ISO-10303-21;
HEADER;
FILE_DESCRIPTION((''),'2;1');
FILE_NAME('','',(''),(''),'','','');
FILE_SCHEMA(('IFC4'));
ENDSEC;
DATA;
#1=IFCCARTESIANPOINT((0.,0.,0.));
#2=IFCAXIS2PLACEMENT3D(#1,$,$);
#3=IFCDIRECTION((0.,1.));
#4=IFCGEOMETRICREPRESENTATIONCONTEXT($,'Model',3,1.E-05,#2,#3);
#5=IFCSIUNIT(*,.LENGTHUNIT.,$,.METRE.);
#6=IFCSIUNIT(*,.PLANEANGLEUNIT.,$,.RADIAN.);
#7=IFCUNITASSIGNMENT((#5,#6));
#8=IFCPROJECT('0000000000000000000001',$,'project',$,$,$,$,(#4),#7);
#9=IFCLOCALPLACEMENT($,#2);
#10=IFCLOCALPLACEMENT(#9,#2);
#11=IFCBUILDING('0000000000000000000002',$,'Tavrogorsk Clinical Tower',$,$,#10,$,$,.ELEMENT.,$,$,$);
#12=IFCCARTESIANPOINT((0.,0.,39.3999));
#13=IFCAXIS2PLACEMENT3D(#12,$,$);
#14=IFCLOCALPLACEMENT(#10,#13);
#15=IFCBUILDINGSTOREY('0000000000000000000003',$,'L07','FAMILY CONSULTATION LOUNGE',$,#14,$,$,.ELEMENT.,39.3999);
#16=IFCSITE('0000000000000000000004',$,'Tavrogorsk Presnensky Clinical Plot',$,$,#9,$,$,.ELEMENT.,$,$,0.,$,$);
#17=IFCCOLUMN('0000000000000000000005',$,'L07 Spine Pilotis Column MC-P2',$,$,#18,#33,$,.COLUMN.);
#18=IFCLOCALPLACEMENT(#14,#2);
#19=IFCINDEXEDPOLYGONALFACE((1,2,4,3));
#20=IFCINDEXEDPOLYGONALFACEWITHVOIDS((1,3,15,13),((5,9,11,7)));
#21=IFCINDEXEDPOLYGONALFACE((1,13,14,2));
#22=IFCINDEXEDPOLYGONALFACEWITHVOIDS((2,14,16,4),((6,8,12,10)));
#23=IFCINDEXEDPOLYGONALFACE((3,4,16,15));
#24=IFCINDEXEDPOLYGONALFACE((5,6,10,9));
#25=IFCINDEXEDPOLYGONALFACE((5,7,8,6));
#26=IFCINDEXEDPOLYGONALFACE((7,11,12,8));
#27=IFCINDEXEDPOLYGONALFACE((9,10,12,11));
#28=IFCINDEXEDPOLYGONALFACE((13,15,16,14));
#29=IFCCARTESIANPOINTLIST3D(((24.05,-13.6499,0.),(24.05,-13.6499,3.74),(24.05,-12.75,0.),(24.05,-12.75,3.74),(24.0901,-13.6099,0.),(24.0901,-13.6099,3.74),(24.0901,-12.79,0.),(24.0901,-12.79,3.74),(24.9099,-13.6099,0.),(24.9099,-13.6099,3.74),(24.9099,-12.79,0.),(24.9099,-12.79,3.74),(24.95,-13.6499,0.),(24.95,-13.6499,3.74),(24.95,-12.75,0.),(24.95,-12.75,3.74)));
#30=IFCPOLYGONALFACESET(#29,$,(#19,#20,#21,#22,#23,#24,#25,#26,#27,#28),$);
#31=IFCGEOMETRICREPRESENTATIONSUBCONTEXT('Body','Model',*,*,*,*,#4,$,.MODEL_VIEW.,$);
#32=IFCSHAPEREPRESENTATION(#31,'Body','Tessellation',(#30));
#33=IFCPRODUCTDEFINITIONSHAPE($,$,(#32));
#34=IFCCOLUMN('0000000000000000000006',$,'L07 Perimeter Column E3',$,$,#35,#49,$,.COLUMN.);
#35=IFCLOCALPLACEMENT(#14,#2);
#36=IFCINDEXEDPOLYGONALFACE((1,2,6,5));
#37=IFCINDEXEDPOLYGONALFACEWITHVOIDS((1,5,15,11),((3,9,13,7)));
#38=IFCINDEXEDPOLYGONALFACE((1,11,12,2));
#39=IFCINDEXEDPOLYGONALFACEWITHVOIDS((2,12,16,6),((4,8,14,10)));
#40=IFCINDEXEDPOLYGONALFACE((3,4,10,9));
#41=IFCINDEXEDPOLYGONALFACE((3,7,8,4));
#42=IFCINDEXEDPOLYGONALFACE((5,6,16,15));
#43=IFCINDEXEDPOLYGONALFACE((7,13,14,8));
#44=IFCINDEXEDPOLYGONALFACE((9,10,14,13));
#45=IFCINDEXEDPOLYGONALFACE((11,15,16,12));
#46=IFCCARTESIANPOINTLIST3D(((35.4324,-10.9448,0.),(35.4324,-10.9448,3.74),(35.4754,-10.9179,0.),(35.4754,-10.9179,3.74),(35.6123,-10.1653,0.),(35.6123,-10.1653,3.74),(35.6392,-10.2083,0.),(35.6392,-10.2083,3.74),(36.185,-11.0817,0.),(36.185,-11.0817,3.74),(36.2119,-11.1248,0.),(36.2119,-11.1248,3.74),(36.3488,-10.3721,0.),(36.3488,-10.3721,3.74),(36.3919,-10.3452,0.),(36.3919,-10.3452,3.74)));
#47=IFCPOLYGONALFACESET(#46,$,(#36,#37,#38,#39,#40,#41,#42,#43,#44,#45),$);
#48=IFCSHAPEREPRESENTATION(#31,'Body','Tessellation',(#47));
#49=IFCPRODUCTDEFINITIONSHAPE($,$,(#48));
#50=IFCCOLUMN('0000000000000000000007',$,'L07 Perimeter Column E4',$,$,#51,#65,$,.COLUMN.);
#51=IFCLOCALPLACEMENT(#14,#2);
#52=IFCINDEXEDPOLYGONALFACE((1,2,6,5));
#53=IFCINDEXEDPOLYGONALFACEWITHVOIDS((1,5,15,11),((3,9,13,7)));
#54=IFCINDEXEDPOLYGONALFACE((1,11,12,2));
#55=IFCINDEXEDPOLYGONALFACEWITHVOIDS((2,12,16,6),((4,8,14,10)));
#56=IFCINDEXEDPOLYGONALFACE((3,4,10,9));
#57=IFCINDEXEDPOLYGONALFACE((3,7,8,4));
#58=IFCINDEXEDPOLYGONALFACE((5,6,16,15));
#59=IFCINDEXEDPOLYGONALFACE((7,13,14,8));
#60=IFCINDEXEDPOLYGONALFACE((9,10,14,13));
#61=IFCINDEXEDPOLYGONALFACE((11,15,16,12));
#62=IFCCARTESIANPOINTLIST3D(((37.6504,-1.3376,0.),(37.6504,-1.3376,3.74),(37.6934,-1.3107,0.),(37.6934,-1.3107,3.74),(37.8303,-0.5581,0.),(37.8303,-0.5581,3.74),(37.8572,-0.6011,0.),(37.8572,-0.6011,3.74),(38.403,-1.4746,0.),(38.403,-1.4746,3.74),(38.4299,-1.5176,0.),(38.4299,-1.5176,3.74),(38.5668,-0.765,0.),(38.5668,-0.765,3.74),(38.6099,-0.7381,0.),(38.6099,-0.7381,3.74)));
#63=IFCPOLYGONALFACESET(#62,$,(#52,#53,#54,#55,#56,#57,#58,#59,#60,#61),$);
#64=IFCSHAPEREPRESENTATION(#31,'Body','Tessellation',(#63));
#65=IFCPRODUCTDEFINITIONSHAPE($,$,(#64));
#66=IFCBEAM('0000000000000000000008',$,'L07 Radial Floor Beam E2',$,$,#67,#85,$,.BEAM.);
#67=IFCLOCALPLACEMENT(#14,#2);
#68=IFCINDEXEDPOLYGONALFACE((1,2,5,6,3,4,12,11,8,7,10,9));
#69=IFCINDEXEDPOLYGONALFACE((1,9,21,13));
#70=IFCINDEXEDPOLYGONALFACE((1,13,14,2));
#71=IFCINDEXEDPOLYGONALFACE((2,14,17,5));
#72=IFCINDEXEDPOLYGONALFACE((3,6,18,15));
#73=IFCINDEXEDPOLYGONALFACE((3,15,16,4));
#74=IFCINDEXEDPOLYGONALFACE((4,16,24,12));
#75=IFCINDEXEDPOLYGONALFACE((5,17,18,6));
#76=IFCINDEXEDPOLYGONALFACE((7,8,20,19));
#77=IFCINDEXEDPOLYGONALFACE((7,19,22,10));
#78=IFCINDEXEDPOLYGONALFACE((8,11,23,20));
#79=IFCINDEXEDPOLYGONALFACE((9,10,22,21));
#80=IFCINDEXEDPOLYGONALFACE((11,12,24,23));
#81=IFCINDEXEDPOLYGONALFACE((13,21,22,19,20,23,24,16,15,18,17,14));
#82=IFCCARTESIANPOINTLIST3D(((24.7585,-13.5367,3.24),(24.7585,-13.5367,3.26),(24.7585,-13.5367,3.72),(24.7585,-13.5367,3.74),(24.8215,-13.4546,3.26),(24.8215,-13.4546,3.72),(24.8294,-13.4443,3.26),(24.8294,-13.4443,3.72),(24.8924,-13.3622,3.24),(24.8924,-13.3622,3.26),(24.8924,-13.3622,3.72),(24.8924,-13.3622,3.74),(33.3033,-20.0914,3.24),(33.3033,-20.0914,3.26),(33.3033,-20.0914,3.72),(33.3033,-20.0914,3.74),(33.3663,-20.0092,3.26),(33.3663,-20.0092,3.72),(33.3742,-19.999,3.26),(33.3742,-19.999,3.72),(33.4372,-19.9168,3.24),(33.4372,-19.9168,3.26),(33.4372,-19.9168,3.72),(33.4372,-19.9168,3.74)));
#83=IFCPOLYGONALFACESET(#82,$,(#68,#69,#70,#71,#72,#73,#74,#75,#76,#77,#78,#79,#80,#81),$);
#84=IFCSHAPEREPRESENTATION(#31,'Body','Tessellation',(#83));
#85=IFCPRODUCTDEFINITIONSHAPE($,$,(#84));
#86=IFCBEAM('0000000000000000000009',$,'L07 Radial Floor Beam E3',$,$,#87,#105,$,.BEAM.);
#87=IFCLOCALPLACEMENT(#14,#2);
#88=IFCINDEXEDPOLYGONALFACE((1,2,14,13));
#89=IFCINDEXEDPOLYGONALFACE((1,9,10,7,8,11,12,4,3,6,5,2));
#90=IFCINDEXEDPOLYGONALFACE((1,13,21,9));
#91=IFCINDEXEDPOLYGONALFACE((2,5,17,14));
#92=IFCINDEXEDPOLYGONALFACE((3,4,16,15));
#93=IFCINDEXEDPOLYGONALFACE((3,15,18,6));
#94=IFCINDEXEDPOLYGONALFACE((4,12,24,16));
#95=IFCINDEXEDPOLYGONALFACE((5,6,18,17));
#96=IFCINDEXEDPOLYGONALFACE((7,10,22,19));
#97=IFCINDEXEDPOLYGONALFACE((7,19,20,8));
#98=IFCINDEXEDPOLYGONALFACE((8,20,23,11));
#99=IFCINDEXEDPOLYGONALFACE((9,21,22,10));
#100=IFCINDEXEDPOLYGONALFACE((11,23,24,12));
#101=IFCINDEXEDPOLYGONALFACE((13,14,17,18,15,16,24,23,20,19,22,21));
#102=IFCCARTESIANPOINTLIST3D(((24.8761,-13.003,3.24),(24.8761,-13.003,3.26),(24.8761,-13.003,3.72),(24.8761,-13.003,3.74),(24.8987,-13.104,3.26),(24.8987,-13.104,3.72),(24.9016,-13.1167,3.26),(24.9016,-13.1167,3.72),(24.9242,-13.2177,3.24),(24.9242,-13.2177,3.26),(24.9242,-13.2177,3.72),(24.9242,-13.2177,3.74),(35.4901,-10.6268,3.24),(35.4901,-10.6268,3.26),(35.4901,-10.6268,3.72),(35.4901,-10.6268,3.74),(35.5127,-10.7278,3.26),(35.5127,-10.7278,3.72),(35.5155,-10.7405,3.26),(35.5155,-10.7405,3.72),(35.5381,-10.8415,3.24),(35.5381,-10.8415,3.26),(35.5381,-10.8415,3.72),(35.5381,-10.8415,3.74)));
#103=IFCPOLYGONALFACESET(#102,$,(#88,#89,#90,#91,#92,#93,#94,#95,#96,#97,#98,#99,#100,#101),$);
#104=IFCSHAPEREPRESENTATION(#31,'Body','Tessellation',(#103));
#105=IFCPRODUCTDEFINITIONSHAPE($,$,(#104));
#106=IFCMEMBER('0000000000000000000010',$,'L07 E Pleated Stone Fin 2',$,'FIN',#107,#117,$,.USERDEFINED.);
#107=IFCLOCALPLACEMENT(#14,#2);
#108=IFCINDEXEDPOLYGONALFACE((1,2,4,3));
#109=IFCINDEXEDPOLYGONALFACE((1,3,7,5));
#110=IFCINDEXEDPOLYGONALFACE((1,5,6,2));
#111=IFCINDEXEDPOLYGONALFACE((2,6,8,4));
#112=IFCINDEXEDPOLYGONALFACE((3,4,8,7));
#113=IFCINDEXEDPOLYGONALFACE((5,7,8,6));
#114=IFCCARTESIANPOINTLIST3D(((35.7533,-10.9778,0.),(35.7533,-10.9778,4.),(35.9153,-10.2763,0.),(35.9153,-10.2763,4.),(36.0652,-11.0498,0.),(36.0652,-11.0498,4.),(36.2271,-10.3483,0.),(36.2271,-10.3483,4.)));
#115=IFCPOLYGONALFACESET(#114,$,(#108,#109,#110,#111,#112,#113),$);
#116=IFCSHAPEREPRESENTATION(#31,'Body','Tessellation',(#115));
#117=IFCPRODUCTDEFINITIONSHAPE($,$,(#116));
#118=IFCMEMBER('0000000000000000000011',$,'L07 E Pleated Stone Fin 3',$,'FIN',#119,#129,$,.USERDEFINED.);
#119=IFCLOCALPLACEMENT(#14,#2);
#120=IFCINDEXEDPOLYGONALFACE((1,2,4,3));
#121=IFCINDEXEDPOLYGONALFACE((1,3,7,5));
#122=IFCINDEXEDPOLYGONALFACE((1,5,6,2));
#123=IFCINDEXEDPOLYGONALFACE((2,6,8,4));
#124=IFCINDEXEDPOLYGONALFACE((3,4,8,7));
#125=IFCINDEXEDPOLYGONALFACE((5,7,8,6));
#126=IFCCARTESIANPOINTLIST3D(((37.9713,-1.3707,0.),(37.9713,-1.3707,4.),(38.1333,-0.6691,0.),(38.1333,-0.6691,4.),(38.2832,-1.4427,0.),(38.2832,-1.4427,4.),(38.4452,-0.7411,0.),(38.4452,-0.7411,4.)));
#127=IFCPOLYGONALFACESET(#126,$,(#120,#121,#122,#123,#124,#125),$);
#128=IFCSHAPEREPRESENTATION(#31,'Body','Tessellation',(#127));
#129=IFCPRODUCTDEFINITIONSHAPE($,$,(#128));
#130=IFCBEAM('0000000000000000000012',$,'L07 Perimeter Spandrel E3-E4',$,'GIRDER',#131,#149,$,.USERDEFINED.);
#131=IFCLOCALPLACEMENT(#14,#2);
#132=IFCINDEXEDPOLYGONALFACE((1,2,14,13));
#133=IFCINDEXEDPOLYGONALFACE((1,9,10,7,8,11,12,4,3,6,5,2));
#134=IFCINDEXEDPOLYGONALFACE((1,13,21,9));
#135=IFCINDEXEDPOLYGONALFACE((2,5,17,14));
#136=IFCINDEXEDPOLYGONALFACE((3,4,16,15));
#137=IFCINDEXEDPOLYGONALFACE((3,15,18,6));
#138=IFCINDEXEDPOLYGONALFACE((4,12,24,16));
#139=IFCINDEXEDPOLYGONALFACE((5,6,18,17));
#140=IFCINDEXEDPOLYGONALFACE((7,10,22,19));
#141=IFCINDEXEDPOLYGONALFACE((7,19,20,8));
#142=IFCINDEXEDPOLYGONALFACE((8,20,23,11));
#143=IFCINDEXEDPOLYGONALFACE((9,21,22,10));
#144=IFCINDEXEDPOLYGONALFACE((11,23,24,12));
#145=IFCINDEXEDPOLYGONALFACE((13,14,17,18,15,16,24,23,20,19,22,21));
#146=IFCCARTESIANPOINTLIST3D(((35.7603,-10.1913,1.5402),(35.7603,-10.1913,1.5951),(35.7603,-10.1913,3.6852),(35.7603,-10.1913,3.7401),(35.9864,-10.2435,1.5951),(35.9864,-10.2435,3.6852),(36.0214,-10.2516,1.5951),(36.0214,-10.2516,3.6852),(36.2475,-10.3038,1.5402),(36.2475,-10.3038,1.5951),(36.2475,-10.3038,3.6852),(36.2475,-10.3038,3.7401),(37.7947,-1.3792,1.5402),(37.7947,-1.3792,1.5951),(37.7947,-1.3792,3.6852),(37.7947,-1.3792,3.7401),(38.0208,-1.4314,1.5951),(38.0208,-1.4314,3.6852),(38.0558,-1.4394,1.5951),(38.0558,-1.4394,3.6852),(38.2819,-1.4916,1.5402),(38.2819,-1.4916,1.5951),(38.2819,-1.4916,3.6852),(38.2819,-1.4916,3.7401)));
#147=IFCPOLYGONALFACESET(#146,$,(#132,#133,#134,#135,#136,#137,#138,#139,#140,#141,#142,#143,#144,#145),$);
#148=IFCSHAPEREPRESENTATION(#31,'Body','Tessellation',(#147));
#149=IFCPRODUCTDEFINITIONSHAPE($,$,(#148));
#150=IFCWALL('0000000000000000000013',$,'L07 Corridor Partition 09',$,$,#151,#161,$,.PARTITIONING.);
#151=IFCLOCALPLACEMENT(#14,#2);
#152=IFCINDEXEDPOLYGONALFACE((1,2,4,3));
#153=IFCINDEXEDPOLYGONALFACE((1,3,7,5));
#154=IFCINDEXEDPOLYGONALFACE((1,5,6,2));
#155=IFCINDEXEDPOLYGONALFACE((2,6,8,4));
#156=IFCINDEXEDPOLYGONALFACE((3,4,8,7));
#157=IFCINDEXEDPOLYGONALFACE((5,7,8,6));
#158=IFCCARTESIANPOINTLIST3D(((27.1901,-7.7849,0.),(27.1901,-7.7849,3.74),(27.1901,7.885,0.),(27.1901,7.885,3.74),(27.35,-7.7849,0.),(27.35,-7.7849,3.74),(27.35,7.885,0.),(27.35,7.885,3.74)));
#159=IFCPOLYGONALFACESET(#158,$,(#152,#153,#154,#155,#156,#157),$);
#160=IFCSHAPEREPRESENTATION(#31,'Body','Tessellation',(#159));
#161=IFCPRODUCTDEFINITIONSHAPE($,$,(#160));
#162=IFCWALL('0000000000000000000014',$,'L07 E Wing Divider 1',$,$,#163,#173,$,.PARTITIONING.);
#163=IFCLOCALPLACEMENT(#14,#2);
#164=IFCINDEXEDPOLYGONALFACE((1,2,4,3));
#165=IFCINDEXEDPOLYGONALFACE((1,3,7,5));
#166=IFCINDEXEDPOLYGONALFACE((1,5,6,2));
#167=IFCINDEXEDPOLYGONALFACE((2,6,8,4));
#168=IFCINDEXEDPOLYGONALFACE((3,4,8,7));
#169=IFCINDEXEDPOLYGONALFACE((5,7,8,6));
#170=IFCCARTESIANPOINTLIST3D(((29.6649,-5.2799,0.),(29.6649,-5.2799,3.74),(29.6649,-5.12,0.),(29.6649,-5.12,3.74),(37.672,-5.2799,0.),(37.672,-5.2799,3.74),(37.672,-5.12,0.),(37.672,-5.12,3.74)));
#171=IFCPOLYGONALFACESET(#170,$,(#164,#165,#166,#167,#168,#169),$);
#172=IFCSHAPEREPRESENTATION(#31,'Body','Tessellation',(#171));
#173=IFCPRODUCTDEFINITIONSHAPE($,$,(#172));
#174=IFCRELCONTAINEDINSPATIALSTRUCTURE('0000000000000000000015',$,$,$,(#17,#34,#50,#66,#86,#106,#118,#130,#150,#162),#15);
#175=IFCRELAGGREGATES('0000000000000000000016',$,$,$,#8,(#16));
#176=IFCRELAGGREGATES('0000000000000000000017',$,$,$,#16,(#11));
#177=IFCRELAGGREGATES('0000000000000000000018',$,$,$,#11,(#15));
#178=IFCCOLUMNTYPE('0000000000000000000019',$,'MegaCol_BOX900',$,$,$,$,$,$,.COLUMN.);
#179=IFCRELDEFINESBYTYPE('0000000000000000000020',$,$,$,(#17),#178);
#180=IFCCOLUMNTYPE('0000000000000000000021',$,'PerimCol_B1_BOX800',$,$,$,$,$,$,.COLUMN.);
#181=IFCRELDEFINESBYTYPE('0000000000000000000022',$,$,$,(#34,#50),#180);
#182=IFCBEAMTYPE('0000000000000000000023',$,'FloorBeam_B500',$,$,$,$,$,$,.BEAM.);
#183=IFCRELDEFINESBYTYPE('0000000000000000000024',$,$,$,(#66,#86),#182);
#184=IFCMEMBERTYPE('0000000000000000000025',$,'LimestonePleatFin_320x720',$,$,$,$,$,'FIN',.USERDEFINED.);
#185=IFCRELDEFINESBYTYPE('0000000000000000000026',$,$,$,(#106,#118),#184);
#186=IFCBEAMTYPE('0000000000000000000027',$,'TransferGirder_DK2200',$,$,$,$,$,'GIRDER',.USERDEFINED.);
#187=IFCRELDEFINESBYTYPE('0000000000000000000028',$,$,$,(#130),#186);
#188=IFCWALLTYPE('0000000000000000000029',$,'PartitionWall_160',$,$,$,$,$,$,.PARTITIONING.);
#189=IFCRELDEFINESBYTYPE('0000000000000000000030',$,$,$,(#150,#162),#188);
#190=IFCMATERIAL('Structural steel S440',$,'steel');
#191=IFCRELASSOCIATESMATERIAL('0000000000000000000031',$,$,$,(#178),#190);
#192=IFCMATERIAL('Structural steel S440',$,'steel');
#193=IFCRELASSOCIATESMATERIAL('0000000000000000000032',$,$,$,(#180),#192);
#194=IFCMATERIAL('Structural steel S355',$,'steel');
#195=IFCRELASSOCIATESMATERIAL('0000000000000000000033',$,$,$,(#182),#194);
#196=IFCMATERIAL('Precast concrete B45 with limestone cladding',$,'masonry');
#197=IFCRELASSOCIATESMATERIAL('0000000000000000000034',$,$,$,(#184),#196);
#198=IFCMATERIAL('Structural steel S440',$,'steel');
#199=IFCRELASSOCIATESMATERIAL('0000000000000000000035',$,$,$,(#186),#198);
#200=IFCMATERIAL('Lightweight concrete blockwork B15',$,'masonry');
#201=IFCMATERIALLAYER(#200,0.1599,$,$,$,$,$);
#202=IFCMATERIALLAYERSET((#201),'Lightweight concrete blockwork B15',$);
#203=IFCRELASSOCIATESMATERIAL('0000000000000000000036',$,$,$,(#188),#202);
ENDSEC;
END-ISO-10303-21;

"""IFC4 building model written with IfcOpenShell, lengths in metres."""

from ifc_helpers import new_model, si_unit, direction, frame, frame_2d, origin, origin_2d, place, context, subcontext, project, spatial, rectangle, hollow_rectangle, i_section, extrude, material, layer, layer_set, material_profile, profile_set, type_object, element, save


model = new_model("IFC4")

# Units and contexts
model_context = context("Model", 3, precision=1e-05, world=origin(), true_north=direction((0.0, 1.0)))
body_context = subcontext(model_context, "Body", "Model", "MODEL_VIEW")
ifc_project = project(units=[si_unit("LENGTHUNIT", "METRE"), si_unit("PLANEANGLEUNIT", "RADIAN")], contexts=[model_context])

# Site, building, storey
site_placement = place(None, origin())
site = spatial("IfcSite", under=ifc_project, at=site_placement, Name="Tavrogorsk Presnensky Clinical Plot", CompositionType="ELEMENT", RefElevation=0.0)
building_placement = place(site_placement, origin())
building = spatial("IfcBuilding", under=site, at=building_placement, Name="Tavrogorsk Clinical Tower", CompositionType="ELEMENT")
storey_placement = place(building_placement, frame((0.0, 0.0, 39.3999)))
storey = spatial("IfcBuildingStorey", under=building, at=storey_placement, Name="L07", Description="FAMILY CONSULTATION LOUNGE", CompositionType="ELEMENT", Elevation=39.3999)

# Columns
ifc_material_1 = material(Name="Structural steel S440", Category="steel")
ifc_material_profile_1 = material_profile(ifc_material_1, hollow_rectangle(XDim=0.8999, YDim=0.8999, WallThickness=0.04, at=origin_2d()), Name="BOX-900x900x40")
ifc_profile_set_1 = profile_set([ifc_material_profile_1], Name="Structural steel S440")
column_type_1 = type_object("IfcColumnType", Name="MegaCol_BOX900", PredefinedType="COLUMN", material=ifc_profile_set_1)
column_placement = place(storey_placement, frame((24.5, -13.2, 0.0), z_axis=(0.0, 0.0, 1.0), x_axis=(1.0, 0.0, 0.0)))
element("IfcColumn", 1, at=column_placement, inside=storey, type_object=column_type_1, Name="L07 Spine Pilotis Column MC-P2", PredefinedType="COLUMN", context=body_context, shape_type="SweptSolid", body=[
    extrude(hollow_rectangle(XDim=0.8999, YDim=0.8999, WallThickness=0.04, at=origin_2d()), origin(), (0.0, 0.0, 1.0), 3.74),
])
ifc_material_2 = material(Name="Structural steel S440", Category="steel")
ifc_material_profile_2 = material_profile(ifc_material_2, hollow_rectangle(XDim=0.8, YDim=0.8, WallThickness=0.0359, at=origin_2d()), Name="BOX-800x800x36")
ifc_profile_set_2 = profile_set([ifc_material_profile_2], Name="Structural steel S440")
column_type_2 = type_object("IfcColumnType", Name="PerimCol_B1_BOX800", PredefinedType="COLUMN", material=ifc_profile_set_2)
for number, where, z_axis, x_axis, name in (
    (2, (35.9121, -10.645, 0.0), (0.0, 0.0, 1.0), (0.97437, -0.224951, 0.0), "L07 Perimeter Column E3"),
    (3, (38.1301, -1.0378, 0.0), (0.0, 0.0, 1.0), (0.97437, -0.224951, 0.0), "L07 Perimeter Column E4"),
):
    element("IfcColumn", number, at=place(storey_placement, frame(where, z_axis=z_axis, x_axis=x_axis)), inside=storey, type_object=column_type_2, Name=name, PredefinedType="COLUMN", context=body_context, shape_type="SweptSolid", body=[
        extrude(hollow_rectangle(XDim=0.8, YDim=0.8, WallThickness=0.0359, at=origin_2d()), origin(), (0.0, 0.0, 1.0), 3.74),
    ])

# Beams
ifc_material_3 = material(Name="Structural steel S355", Category="steel")
ifc_material_profile_3 = material_profile(ifc_material_3, i_section(OverallWidth=0.22, OverallDepth=0.5, WebThickness=0.0129, FlangeThickness=0.02, at=origin_2d()), Name="B-500x220x13x20")
ifc_profile_set_3 = profile_set([ifc_material_profile_3], Name="Structural steel S355")
beam_type_1 = type_object("IfcBeamType", Name="FloorBeam_B500", PredefinedType="BEAM", material=ifc_profile_set_3)
beam_1_placement = place(storey_placement, frame((24.8254, -13.4495, 3.49), z_axis=(0.793446, -0.608641, 0.0), x_axis=(0.608641, 0.793446, 0.0)))
element("IfcBeam", 4, at=beam_1_placement, inside=storey, type_object=beam_type_1, Name="L07 Radial Floor Beam E2", PredefinedType="BEAM", context=body_context, shape_type="SweptSolid", body=[
    extrude(i_section(OverallWidth=0.22, OverallDepth=0.5, WebThickness=0.0129, FlangeThickness=0.02, at=origin_2d()), origin(), (0.0, 0.0, 1.0), 10.7693),
])
beam_2_placement = place(storey_placement, frame((24.9001, -13.1104, 3.49), z_axis=(0.975844, 0.218468, 0.0), x_axis=(-0.218468, 0.975844, 0.0)))
element("IfcBeam", 5, at=beam_2_placement, inside=storey, type_object=beam_type_1, Name="L07 Radial Floor Beam E3", PredefinedType="BEAM", context=body_context, shape_type="SweptSolid", body=[
    extrude(i_section(OverallWidth=0.22, OverallDepth=0.5, WebThickness=0.0129, FlangeThickness=0.02, at=origin_2d()), origin(), (0.0, 0.0, 1.0), 10.8767),
])

# Members
ifc_material_4 = material(Name="Precast concrete B45 with limestone cladding", Category="masonry")
ifc_material_profile_4 = material_profile(ifc_material_4, rectangle(XDim=0.3201, YDim=0.72, at=origin_2d()), Name="LIMESTONE-FIN-320x720")
ifc_profile_set_4 = profile_set([ifc_material_profile_4], Name="Precast concrete B45 with limestone cladding")
member_type = type_object("IfcMemberType", Name="LimestonePleatFin_320x720", ElementType="FIN", PredefinedType="USERDEFINED", material=ifc_profile_set_4)
for number, where, z_axis, x_axis, name in (
    (6, (35.9902, -10.6631, 0.0), (0.0, 0.0, 1.0), (0.97437, -0.224951, 0.0), "L07 E Pleated Stone Fin 2"),
    (7, (38.2083, -1.0559, 0.0), (0.0, 0.0, 1.0), (0.97437, -0.224951, 0.0), "L07 E Pleated Stone Fin 3"),
):
    element("IfcMember", number, at=place(storey_placement, frame(where, z_axis=z_axis, x_axis=x_axis)), inside=storey, type_object=member_type, Name=name, ObjectType="FIN", PredefinedType="USERDEFINED", context=body_context, shape_type="SweptSolid", body=[
        extrude(rectangle(XDim=0.3201, YDim=0.72, at=origin_2d()), origin(), (0.0, 0.0, 1.0), 4.0),
    ])

# Beam
ifc_material_5 = material(Name="Structural steel S440", Category="steel")
ifc_material_profile_5 = material_profile(ifc_material_5, i_section(OverallWidth=0.5, OverallDepth=2.2, WebThickness=0.0359, FlangeThickness=0.0549, at=origin_2d()), Name="DK-2200x500x36x55")
ifc_profile_set_5 = profile_set([ifc_material_profile_5], Name="Structural steel S440")
beam_type_2 = type_object("IfcBeamType", Name="TransferGirder_DK2200", ElementType="GIRDER", PredefinedType="USERDEFINED", material=ifc_profile_set_5)
beam_3_placement = place(storey_placement, frame((36.0039, -10.2476, 2.6401), z_axis=(0.224946, 0.974371, 0.0), x_axis=(-0.974371, 0.224946, 0.0)))
element("IfcBeam", 8, at=beam_3_placement, inside=storey, type_object=beam_type_2, Name="L07 Perimeter Spandrel E3-E4", ObjectType="GIRDER", PredefinedType="USERDEFINED", context=body_context, shape_type="SweptSolid", body=[
    extrude(i_section(OverallWidth=0.5, OverallDepth=2.2, WebThickness=0.0359, FlangeThickness=0.0549, at=origin_2d()), origin(), (0.0, 0.0, 1.0), 9.0439),
])

# Shared definitions
ifc_material_6 = material(Name="Lightweight concrete blockwork B15", Category="masonry")
ifc_layer = layer(ifc_material_6, 0.1599)
ifc_layer_set = layer_set([ifc_layer], Name="Lightweight concrete blockwork B15")
wall_type = type_object("IfcWallType", Name="PartitionWall_160", PredefinedType="PARTITIONING", material=ifc_layer_set)

# Walls
wall_1_placement = place(storey_placement, frame((27.27, -7.7849, 0.0), z_axis=(0.0, 0.0, 1.0), x_axis=(0.0, 1.0, 0.0)))
element("IfcWall", 9, at=wall_1_placement, inside=storey, type_object=wall_type, Name="L07 Corridor Partition 09", PredefinedType="PARTITIONING", context=body_context, shape_type="SweptSolid", body=[
    extrude(rectangle(XDim=15.6699, YDim=0.1599, at=frame_2d((7.835, 0.0))), origin(), (0.0, 0.0, 1.0), 3.74),
])
wall_2_placement = place(storey_placement, frame((29.665, -5.2, 0.0), z_axis=(0.0, 0.0, 1.0), x_axis=(1.0, 0.0, 0.0)))
element("IfcWall", 10, at=wall_2_placement, inside=storey, type_object=wall_type, Name="L07 E Wing Divider 1", PredefinedType="PARTITIONING", context=body_context, shape_type="SweptSolid", body=[
    extrude(rectangle(XDim=8.0071, YDim=0.1599, at=frame_2d((4.0034, 0.0))), origin(), (0.0, 0.0, 1.0), 3.74),
])

save(model, "model.ifc")
